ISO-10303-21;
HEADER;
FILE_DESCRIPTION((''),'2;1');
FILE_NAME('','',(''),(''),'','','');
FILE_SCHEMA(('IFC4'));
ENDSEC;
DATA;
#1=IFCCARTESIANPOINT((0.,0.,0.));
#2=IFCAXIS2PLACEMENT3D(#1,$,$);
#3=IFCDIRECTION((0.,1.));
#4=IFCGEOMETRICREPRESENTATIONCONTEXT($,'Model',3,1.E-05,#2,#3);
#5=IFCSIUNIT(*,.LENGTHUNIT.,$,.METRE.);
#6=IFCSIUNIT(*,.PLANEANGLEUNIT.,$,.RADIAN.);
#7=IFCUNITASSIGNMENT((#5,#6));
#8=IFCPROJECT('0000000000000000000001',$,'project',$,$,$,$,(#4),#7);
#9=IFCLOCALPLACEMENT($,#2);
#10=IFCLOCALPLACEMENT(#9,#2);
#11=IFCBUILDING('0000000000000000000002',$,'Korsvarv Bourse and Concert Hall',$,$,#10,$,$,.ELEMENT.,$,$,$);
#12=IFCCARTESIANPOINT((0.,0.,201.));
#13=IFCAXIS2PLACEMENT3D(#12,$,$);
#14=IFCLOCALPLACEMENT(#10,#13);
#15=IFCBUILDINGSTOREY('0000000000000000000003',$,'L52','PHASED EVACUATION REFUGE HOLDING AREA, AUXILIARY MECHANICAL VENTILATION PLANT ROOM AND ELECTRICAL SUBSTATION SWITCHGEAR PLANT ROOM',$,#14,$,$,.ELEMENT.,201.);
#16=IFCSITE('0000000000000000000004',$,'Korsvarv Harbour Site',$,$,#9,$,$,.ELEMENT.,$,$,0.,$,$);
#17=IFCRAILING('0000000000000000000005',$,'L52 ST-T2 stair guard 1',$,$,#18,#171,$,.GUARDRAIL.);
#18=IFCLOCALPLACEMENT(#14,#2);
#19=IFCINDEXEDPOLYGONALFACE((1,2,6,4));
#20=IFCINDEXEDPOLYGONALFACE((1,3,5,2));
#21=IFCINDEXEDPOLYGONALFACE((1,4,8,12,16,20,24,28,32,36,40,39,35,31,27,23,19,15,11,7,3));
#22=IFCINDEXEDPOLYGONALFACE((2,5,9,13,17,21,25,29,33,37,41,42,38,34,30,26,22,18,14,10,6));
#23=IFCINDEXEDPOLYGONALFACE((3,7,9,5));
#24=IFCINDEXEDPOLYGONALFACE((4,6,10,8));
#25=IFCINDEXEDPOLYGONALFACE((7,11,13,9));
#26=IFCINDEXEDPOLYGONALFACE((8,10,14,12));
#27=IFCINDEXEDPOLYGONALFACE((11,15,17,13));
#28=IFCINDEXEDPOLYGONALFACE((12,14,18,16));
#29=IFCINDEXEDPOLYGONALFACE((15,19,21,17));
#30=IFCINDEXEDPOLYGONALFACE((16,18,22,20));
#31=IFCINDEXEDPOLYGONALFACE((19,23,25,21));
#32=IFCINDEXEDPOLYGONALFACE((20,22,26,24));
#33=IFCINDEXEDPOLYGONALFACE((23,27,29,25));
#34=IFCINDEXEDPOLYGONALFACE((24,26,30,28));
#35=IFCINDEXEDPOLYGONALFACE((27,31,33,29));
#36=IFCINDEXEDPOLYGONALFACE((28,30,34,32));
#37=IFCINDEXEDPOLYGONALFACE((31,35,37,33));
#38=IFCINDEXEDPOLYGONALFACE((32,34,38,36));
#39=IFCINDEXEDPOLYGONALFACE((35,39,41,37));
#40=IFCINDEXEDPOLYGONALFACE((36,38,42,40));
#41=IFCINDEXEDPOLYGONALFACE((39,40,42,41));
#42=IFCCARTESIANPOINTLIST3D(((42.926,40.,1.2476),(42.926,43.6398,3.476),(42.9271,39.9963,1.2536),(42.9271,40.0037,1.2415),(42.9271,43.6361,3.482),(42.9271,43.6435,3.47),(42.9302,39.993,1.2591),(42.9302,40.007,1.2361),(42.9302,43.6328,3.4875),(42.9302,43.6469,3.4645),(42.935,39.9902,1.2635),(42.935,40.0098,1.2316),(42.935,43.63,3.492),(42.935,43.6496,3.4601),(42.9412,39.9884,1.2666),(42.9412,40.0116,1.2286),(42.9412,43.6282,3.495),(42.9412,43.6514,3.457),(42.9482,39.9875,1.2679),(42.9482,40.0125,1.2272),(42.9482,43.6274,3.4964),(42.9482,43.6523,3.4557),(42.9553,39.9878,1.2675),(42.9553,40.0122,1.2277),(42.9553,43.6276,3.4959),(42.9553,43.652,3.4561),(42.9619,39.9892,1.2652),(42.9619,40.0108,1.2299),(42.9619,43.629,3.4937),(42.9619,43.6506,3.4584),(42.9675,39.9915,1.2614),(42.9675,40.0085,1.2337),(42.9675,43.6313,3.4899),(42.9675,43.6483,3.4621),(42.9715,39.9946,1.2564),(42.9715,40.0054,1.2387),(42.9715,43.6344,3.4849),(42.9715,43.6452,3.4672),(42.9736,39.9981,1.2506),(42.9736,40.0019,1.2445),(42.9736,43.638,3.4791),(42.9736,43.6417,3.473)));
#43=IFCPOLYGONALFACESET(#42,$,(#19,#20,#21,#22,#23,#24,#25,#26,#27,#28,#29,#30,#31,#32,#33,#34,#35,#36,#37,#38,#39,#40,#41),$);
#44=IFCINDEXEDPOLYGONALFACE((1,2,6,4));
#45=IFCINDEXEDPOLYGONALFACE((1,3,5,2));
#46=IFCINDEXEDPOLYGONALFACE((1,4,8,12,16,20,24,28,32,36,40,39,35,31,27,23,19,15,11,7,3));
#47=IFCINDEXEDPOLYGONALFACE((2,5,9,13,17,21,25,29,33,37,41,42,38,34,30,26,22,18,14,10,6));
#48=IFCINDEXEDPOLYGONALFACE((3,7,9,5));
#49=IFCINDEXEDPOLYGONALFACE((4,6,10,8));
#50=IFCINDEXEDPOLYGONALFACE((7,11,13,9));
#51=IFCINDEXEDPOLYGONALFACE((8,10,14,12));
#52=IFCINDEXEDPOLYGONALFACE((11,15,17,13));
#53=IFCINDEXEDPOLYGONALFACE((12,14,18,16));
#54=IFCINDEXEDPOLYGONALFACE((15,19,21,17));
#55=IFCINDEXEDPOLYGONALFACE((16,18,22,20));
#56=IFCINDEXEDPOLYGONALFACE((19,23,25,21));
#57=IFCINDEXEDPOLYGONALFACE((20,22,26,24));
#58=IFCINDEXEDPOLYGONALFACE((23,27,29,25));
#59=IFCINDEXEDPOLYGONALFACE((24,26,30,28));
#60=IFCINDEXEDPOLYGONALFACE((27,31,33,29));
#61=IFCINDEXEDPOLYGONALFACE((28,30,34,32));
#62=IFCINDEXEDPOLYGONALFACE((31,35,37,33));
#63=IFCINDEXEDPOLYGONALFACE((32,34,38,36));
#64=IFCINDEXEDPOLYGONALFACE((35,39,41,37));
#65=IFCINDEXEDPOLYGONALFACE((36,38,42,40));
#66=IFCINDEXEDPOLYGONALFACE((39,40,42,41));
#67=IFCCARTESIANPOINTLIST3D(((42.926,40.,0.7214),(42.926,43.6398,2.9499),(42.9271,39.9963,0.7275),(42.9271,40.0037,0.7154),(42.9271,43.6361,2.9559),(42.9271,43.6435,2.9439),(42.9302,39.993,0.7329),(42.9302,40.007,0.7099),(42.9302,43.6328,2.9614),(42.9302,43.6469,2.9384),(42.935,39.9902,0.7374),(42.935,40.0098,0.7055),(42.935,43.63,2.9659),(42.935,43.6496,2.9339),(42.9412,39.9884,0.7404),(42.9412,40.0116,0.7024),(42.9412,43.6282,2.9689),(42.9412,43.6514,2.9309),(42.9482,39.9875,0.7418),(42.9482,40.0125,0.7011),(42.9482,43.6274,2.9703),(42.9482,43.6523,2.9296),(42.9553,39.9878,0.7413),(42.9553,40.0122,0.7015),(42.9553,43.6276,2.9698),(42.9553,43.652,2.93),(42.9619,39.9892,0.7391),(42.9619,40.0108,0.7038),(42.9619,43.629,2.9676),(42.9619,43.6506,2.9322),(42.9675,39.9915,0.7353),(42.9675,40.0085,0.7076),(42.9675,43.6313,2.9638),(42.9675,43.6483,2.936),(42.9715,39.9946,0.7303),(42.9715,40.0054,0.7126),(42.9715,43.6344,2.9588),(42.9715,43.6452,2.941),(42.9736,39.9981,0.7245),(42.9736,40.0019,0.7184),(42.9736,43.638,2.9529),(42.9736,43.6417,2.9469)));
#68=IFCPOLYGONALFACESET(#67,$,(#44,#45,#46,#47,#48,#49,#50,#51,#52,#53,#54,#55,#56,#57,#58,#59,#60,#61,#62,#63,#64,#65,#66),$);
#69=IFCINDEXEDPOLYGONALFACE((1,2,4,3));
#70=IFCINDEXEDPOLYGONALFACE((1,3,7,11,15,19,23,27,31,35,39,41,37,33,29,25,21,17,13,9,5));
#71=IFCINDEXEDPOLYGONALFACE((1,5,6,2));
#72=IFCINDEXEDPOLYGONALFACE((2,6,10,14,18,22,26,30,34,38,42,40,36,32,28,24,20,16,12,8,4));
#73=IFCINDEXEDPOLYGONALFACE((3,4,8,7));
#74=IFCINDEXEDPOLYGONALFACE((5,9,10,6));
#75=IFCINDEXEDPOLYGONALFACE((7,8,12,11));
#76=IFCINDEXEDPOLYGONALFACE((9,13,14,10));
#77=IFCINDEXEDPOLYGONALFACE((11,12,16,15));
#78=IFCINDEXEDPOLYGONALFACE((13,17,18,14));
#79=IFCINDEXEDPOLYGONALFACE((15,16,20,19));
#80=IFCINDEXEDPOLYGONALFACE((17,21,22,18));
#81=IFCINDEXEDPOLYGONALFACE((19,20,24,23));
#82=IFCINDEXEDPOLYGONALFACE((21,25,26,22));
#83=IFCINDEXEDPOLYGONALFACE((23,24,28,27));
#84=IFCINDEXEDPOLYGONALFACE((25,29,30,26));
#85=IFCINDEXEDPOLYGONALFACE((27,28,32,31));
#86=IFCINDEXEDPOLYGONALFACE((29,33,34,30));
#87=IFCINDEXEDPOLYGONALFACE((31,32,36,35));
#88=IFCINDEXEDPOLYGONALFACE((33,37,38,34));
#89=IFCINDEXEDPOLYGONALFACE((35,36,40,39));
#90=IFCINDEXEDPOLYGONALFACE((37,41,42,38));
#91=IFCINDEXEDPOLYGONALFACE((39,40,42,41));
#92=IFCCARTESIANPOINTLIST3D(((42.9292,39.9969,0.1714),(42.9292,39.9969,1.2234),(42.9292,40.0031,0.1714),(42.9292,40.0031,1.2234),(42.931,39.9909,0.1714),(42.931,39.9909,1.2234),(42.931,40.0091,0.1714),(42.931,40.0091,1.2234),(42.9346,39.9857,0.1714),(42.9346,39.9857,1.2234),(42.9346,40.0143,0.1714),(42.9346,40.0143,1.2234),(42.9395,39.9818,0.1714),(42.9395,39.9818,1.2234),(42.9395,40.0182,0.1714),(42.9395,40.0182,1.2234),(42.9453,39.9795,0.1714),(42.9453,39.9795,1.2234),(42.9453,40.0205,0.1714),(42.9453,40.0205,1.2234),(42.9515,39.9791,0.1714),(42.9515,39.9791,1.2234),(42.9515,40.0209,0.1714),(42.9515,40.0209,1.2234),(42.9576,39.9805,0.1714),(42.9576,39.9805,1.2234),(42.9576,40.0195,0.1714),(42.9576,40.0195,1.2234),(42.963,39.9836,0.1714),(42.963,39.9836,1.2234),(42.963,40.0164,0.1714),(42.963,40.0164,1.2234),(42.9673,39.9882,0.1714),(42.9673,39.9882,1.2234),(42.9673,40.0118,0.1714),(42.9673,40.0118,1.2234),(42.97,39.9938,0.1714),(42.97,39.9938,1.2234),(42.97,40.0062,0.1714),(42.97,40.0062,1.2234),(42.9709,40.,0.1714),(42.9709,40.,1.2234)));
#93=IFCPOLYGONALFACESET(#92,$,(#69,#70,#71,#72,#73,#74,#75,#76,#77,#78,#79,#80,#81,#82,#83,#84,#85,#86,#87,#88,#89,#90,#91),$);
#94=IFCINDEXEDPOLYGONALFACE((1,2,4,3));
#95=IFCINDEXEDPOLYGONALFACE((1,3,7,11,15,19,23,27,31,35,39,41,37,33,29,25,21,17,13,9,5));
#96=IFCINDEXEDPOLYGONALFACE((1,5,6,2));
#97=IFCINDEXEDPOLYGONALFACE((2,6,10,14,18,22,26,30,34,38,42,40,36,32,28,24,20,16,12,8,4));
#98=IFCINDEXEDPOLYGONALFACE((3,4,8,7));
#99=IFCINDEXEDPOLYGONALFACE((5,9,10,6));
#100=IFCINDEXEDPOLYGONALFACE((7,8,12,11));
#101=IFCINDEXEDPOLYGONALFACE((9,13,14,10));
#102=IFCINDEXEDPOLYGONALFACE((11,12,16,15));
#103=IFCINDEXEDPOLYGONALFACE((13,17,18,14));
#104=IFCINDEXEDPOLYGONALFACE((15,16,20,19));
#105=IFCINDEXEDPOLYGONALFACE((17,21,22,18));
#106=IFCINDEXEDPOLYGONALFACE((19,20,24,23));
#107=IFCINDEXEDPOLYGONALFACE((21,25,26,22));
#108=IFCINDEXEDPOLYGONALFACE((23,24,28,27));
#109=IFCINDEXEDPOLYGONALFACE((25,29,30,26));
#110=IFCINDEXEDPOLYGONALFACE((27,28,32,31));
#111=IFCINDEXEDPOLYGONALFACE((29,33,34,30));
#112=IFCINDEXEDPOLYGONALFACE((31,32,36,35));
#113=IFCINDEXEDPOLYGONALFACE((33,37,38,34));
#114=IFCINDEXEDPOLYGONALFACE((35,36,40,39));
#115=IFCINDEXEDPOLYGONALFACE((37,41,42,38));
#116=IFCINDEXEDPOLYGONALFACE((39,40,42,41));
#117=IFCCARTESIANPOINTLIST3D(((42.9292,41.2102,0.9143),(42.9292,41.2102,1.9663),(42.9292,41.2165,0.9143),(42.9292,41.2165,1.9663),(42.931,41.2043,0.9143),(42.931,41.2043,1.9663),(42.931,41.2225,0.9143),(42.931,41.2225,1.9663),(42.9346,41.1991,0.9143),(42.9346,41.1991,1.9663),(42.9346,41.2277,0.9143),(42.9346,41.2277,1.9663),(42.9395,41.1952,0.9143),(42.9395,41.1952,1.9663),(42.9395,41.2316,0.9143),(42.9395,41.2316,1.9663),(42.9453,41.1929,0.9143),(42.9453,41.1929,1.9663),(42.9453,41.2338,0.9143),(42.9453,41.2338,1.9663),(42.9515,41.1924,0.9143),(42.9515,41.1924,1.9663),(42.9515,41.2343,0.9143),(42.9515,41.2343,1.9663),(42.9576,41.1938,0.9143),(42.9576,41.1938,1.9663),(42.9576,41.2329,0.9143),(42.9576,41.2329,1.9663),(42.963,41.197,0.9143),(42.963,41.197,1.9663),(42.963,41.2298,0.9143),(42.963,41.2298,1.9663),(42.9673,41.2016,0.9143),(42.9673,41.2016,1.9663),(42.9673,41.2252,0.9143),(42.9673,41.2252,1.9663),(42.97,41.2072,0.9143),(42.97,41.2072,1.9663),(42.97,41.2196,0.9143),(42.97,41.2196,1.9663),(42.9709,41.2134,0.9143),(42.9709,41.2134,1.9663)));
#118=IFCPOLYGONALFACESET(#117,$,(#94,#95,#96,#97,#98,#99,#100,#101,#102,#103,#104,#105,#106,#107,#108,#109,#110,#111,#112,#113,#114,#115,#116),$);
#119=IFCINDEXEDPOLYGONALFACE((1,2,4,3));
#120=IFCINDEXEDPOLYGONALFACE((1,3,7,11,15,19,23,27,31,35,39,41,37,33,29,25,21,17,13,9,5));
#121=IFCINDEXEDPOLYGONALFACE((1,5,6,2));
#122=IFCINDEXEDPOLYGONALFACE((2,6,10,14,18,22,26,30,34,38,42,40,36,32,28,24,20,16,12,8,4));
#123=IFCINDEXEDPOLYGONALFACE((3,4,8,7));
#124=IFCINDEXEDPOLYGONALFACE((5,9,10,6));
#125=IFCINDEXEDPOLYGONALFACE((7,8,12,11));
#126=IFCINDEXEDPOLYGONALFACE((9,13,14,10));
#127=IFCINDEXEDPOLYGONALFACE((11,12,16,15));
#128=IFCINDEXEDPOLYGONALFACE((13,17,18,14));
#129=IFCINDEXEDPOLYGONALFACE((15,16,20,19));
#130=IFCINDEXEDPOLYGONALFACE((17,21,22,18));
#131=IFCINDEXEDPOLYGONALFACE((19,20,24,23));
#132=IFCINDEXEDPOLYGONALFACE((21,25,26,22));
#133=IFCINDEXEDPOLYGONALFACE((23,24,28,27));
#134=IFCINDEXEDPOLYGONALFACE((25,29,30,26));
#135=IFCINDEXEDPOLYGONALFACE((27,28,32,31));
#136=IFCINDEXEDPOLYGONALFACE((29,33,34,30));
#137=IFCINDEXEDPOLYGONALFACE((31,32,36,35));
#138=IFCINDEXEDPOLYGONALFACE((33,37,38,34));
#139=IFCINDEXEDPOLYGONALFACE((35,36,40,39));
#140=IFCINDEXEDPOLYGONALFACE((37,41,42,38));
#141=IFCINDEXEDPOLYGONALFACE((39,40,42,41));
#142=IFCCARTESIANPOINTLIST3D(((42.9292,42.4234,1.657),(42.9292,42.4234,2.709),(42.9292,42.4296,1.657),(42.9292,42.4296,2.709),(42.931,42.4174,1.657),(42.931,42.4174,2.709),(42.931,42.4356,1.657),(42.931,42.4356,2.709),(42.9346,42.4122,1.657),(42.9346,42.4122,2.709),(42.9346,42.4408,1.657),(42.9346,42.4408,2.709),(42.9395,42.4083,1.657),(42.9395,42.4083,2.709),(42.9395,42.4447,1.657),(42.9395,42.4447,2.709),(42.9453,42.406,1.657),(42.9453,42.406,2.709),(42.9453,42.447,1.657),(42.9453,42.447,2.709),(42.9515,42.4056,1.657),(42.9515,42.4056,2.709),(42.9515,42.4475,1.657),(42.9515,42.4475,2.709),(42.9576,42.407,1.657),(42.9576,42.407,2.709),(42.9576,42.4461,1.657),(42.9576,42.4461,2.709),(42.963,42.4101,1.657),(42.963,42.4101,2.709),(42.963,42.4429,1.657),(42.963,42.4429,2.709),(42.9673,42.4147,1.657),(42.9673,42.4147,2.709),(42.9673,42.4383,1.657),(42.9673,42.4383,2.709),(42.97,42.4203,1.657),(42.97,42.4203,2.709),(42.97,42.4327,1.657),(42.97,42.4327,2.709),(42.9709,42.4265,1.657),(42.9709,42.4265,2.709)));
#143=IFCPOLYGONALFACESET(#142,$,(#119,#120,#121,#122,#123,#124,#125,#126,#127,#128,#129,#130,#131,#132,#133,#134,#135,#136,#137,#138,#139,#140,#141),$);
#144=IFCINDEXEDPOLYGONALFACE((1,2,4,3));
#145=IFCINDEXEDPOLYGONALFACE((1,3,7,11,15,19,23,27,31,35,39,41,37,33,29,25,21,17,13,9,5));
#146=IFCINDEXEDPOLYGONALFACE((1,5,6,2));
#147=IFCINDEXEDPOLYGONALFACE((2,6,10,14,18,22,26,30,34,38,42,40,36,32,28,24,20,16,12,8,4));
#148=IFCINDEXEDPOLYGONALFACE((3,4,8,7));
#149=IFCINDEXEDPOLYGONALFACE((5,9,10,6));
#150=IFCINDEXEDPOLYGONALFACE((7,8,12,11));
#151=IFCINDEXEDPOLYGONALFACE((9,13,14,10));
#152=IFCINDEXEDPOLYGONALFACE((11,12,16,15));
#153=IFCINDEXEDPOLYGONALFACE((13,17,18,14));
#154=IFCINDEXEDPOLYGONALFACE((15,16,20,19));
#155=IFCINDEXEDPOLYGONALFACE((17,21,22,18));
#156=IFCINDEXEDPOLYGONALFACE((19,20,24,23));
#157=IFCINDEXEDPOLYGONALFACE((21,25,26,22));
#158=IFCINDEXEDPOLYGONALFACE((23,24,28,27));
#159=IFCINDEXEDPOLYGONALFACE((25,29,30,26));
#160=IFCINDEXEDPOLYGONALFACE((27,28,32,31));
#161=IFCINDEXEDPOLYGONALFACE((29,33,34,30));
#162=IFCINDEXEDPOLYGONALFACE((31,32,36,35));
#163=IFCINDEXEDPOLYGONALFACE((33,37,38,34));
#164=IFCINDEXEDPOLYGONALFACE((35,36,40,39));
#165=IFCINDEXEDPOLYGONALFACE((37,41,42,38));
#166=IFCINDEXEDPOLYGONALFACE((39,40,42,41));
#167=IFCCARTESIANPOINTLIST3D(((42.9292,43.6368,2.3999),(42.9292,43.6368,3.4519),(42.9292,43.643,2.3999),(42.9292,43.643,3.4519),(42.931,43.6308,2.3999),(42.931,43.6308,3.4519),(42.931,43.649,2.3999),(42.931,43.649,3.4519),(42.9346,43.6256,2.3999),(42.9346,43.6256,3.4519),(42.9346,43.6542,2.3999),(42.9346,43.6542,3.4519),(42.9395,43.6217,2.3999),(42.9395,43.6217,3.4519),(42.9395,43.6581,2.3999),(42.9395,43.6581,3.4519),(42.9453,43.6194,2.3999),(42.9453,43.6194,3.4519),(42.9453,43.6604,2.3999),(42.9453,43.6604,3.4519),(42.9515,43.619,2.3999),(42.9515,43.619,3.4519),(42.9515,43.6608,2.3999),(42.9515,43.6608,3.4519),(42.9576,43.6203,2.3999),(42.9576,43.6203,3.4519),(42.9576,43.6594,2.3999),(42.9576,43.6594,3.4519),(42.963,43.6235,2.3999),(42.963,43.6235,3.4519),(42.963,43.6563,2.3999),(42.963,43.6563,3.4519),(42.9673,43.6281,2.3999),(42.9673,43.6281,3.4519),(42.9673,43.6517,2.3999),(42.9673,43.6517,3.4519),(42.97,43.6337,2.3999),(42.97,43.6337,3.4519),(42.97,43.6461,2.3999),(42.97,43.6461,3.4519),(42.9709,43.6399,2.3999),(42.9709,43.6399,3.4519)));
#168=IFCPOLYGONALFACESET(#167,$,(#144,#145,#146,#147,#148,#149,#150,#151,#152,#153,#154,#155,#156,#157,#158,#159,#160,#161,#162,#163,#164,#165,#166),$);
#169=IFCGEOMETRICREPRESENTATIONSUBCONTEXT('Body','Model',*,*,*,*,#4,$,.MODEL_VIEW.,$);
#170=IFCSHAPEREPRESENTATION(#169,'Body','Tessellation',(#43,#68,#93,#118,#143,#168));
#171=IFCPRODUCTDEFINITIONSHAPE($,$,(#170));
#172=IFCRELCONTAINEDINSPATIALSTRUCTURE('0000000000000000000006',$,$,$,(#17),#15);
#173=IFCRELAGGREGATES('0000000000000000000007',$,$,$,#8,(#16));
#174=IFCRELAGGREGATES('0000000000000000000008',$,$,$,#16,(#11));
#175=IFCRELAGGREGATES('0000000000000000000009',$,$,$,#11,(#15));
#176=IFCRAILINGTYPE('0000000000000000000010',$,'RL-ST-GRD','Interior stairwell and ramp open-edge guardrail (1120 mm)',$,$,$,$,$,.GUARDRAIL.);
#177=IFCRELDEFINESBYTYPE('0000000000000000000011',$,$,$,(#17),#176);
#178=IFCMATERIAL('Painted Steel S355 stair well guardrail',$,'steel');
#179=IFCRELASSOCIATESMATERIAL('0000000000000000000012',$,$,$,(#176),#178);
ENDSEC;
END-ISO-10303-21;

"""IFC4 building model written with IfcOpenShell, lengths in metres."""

from ifc_helpers import new_model, si_unit, direction, frame, origin, origin_2d, place, context, subcontext, project, spatial, circle, extrude, material, type_object, element, save


model = new_model("IFC4")

# Units and contexts
model_context = context("Model", 3, precision=1e-05, world=origin(), true_north=direction((0.0, 1.0)))
body_context = subcontext(model_context, "Body", "Model", "MODEL_VIEW")
ifc_project = project(units=[si_unit("LENGTHUNIT", "METRE"), si_unit("PLANEANGLEUNIT", "RADIAN")], contexts=[model_context])

# Site, building, storey
site_placement = place(None, origin())
site = spatial("IfcSite", under=ifc_project, at=site_placement, Name="Korsvarv Harbour Site", CompositionType="ELEMENT", RefElevation=0.0)
building_placement = place(site_placement, origin())
building = spatial("IfcBuilding", under=site, at=building_placement, Name="Korsvarv Bourse and Concert Hall", CompositionType="ELEMENT")
storey_placement = place(building_placement, frame((0.0, 0.0, 201.0)))
storey = spatial("IfcBuildingStorey", under=building, at=storey_placement, Name="L52", Description="PHASED EVACUATION REFUGE HOLDING AREA, AUXILIARY MECHANICAL VENTILATION PLANT ROOM AND ELECTRICAL SUBSTATION SWITCHGEAR PLANT ROOM", CompositionType="ELEMENT", Elevation=201.0)

# Railing
ifc_material_1 = material(Name="Painted Steel S355 stair well guardrail", Category="steel")
railing_type_1 = type_object("IfcRailingType", Name="RL-ST-GRD", Description="Interior stairwell and ramp open-edge guardrail (1120 mm)", PredefinedType="GUARDRAIL", material=ifc_material_1)
railing_1_placement = place(storey_placement, frame((42.95, 40.0, 0.1714)))
element("IfcRailing", 1, at=railing_1_placement, inside=storey, type_object=railing_type_1, Name="L52 ST-T2 stair guard 1", PredefinedType="GUARDRAIL", context=body_context, shape_type="SweptSolid", body=[
    extrude(circle(Radius=0.0239, at=origin_2d()), frame((0.0, 0.0, 1.0762), z_axis=(0.0, 0.85285, 0.522156), x_axis=(-1.0, 0.0, 0.0)), (0.0, 0.0, 1.0), 4.2678),
    extrude(circle(Radius=0.0239, at=origin_2d()), frame((0.0, 0.0, 0.55), z_axis=(0.0, 0.85285, 0.522156), x_axis=(-1.0, 0.0, 0.0)), (0.0, 0.0, 1.0), 4.2678),
    extrude(circle(Radius=0.021, at=origin_2d()), origin(), (0.0, 0.0, 1.0), 1.052),
    extrude(circle(Radius=0.021, at=origin_2d()), frame((0.0, 1.2134, 0.7429)), (0.0, 0.0, 1.0), 1.052),
    extrude(circle(Radius=0.021, at=origin_2d()), frame((0.0, 2.4265, 1.4856)), (0.0, 0.0, 1.0), 1.052),
    extrude(circle(Radius=0.021, at=origin_2d()), frame((0.0, 3.6399, 2.2285)), (0.0, 0.0, 1.0), 1.052),
])

save(model, "model.ifc")
